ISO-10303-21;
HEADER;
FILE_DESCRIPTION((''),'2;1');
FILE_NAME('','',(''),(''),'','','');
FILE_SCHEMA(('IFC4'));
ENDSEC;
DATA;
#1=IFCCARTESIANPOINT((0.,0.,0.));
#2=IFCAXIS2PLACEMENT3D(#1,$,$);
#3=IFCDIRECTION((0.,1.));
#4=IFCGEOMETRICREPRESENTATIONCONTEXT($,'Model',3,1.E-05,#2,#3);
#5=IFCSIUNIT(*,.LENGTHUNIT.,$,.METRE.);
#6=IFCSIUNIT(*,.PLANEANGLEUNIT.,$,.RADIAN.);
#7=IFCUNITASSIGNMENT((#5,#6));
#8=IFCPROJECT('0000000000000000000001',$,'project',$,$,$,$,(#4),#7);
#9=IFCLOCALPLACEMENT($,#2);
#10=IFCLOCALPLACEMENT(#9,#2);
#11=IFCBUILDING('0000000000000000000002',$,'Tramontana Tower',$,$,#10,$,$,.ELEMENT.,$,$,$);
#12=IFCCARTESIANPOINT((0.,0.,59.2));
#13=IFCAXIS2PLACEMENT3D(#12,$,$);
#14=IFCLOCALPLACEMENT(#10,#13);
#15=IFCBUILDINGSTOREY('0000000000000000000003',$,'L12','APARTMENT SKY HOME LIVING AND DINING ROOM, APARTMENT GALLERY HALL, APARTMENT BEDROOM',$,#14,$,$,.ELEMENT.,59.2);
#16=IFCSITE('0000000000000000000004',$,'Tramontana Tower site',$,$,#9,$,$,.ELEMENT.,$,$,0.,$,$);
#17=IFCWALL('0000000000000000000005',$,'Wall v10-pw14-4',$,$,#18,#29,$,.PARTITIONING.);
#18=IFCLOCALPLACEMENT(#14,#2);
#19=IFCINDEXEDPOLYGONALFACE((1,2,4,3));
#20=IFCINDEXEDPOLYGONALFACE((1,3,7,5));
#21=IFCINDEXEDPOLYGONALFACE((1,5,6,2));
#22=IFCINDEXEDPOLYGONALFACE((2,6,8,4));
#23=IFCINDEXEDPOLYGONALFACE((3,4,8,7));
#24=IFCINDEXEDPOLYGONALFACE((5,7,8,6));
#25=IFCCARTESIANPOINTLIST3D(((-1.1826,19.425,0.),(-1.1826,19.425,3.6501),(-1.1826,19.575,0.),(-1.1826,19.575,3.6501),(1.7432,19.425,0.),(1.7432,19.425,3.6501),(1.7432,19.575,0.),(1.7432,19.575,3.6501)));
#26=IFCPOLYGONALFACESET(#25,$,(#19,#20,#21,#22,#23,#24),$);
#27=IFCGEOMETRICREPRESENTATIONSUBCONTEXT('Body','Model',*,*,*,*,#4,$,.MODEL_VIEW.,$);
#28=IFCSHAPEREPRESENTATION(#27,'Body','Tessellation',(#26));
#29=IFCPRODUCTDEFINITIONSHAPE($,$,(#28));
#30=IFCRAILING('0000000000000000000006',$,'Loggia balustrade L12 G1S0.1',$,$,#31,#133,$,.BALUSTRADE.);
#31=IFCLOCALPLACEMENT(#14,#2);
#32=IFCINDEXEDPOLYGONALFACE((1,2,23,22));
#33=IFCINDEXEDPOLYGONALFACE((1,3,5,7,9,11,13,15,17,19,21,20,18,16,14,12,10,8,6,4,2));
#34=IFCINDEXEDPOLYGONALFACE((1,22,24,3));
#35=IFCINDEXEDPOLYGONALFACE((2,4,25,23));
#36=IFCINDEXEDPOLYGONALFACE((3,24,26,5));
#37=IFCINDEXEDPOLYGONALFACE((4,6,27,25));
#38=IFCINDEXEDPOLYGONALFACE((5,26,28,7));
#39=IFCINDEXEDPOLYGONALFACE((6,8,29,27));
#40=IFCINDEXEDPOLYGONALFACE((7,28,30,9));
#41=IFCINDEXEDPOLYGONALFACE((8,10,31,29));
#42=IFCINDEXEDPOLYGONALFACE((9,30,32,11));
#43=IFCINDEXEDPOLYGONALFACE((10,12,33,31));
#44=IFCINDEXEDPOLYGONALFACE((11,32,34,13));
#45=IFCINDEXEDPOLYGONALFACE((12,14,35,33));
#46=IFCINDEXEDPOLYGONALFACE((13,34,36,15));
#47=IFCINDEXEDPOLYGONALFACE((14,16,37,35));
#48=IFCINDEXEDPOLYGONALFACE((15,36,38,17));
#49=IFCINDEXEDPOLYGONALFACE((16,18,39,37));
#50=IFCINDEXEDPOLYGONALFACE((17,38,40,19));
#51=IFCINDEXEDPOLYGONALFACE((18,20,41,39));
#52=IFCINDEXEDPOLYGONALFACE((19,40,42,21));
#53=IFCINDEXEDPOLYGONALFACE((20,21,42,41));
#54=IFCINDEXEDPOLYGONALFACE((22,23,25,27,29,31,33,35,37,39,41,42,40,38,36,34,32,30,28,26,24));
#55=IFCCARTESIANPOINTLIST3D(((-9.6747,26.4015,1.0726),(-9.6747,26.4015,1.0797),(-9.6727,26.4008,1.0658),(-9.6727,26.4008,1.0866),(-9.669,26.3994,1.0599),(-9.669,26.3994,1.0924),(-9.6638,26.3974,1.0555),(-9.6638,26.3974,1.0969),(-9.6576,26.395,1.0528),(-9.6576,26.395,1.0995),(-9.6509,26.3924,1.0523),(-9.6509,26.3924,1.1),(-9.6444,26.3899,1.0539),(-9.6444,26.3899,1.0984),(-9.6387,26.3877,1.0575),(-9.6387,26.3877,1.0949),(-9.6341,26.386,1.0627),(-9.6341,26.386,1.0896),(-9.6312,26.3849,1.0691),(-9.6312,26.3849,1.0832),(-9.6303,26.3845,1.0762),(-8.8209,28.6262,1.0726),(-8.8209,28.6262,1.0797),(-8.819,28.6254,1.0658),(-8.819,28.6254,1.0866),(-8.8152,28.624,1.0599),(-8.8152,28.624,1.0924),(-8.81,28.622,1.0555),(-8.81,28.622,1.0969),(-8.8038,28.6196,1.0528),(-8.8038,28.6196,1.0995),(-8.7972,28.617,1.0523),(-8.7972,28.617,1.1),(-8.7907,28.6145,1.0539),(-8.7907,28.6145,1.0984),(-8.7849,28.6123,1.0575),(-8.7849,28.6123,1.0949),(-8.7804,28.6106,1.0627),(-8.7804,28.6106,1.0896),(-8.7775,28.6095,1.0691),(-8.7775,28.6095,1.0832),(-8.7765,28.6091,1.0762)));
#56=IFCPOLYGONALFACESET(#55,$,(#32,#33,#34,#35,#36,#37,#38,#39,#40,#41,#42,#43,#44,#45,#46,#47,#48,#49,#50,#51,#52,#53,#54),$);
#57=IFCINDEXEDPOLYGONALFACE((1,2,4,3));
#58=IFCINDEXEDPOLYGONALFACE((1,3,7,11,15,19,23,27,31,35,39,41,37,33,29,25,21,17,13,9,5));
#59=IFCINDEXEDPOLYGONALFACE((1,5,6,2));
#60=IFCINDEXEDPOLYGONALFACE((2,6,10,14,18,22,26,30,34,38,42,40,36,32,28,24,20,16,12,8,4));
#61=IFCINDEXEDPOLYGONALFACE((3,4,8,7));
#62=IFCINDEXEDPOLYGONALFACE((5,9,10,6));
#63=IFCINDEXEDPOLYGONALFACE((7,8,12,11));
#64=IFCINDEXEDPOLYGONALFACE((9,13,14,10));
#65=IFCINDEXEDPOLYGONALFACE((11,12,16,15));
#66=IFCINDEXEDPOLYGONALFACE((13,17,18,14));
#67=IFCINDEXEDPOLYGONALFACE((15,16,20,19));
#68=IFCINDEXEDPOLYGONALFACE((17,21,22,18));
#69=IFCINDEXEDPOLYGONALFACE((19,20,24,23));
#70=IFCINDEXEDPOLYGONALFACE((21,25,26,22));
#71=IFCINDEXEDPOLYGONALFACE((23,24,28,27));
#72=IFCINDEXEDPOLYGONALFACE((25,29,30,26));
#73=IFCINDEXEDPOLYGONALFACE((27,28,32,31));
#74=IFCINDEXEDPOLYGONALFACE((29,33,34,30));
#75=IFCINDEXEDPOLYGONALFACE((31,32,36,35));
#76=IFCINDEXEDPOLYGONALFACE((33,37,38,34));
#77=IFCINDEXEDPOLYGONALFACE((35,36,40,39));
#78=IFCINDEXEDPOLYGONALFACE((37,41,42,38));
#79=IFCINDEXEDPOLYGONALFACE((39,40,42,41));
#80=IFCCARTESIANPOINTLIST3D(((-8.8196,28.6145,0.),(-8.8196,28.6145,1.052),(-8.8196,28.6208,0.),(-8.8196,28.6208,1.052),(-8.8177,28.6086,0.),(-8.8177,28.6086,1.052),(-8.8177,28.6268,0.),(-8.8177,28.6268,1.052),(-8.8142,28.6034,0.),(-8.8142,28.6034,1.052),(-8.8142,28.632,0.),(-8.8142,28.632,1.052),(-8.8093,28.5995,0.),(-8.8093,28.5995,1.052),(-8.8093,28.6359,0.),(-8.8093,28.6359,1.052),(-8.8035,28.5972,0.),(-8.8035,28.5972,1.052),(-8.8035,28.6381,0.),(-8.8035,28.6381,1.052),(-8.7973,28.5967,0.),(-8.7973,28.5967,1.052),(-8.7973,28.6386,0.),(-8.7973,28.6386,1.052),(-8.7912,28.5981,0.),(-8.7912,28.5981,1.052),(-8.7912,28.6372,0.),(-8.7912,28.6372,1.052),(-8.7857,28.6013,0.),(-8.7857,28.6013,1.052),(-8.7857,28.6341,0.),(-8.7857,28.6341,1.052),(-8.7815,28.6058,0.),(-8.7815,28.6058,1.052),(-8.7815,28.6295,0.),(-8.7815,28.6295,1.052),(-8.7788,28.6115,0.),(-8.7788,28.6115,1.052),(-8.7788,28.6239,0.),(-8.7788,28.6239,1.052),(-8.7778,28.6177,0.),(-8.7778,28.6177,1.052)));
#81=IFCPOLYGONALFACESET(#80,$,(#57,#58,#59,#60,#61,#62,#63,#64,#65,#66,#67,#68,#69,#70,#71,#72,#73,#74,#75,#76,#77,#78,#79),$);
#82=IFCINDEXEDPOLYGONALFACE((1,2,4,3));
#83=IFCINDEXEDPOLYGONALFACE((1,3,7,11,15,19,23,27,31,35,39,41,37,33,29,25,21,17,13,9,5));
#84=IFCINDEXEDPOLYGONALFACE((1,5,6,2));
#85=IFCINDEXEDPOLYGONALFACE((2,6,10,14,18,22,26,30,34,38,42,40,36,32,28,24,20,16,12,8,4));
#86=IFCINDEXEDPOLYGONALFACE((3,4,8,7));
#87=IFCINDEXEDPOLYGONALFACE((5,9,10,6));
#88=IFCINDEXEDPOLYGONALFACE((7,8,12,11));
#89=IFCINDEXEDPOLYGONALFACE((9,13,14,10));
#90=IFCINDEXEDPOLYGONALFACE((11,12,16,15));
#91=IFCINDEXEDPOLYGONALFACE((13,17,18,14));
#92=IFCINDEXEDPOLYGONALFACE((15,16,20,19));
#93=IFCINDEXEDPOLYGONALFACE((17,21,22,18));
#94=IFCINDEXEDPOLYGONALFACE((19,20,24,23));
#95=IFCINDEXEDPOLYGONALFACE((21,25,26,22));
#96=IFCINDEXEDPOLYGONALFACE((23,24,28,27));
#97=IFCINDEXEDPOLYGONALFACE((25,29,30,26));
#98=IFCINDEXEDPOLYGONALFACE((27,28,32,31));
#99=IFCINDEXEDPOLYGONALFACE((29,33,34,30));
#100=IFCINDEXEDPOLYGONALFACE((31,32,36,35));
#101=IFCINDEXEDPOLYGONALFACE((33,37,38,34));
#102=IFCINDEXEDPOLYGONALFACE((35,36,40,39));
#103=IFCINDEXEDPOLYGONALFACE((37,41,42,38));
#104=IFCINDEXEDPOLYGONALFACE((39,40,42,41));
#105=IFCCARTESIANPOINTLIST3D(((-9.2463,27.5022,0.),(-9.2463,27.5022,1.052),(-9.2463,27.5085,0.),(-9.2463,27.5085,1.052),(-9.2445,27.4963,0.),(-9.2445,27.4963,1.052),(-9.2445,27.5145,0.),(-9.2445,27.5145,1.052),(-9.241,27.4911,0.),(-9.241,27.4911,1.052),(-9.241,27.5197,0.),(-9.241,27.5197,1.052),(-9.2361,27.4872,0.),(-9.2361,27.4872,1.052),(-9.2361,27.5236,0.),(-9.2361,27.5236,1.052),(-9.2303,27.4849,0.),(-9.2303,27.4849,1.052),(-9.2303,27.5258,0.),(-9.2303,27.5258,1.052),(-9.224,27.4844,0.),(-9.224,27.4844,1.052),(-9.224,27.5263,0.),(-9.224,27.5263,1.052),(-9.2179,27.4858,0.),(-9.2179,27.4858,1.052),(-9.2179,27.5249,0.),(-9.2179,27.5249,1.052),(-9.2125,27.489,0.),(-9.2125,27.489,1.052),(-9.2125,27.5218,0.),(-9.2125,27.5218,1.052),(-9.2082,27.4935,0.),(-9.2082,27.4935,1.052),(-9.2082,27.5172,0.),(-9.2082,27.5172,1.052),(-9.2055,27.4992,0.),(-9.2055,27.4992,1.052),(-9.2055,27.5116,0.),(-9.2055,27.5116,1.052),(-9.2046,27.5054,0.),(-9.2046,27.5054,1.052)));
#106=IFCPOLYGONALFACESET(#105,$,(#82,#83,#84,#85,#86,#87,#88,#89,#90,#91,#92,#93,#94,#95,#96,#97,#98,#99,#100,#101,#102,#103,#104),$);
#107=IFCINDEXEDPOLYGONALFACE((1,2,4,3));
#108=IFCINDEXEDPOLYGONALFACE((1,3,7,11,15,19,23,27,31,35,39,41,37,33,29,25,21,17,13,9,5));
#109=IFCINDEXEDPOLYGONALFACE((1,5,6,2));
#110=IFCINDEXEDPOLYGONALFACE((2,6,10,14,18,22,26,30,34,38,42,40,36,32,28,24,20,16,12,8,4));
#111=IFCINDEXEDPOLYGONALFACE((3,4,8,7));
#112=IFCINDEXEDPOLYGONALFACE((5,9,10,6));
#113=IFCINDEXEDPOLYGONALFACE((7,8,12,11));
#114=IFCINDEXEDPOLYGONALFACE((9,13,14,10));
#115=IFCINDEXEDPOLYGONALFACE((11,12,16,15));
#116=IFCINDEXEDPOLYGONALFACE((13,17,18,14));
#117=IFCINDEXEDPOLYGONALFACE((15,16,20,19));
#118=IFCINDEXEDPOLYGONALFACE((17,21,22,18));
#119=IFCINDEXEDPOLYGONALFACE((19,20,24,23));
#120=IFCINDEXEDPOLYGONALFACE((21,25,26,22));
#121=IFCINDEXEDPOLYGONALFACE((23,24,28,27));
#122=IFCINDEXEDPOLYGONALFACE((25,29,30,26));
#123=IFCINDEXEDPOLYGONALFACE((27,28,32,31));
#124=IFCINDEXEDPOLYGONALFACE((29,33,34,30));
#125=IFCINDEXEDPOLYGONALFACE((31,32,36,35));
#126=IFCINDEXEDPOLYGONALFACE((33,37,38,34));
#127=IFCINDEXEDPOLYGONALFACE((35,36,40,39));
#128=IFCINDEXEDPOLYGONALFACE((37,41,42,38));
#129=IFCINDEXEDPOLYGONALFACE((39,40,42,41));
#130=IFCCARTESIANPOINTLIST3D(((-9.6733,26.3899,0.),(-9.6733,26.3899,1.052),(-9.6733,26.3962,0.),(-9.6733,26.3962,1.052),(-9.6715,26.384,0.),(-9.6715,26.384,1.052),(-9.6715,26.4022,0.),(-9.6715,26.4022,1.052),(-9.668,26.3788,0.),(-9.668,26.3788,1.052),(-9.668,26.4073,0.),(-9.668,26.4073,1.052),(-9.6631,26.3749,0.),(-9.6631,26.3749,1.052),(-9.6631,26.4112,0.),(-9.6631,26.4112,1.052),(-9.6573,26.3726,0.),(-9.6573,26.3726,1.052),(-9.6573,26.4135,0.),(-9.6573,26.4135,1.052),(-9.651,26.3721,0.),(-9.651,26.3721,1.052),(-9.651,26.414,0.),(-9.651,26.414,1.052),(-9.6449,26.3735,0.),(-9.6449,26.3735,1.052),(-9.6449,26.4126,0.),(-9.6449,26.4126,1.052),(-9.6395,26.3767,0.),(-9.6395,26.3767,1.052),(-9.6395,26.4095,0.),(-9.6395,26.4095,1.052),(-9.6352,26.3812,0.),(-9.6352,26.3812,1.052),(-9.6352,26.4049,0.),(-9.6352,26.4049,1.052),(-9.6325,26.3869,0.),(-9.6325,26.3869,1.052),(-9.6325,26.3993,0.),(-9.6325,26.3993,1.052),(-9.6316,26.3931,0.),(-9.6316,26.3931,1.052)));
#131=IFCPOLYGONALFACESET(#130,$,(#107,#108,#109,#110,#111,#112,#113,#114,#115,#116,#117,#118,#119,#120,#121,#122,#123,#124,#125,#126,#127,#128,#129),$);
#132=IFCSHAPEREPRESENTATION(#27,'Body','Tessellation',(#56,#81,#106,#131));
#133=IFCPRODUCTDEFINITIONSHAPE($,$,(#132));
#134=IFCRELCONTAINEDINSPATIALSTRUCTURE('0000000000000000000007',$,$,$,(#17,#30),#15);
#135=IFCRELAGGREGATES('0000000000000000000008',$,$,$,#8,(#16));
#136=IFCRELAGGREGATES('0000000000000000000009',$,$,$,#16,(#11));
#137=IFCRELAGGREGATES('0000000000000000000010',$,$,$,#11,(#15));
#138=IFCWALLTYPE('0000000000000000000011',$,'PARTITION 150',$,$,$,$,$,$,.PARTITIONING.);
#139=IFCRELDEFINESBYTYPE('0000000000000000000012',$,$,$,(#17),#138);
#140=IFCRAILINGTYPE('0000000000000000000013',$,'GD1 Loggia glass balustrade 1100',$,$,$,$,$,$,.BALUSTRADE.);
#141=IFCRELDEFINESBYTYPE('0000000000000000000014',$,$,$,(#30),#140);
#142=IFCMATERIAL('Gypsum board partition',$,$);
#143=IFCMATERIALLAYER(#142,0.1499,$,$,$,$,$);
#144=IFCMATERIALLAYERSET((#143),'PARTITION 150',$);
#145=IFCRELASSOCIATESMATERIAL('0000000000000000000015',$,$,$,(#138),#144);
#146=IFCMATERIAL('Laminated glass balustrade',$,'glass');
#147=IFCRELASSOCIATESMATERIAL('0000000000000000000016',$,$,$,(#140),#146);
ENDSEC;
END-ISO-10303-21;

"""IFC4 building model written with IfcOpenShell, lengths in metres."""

from ifc_helpers import new_model, si_unit, direction, frame, frame_2d, origin, origin_2d, place, context, subcontext, project, spatial, rectangle, circle, extrude, material, layer, layer_set, type_object, element, save


model = new_model("IFC4")

# Units and contexts
model_context = context("Model", 3, precision=1e-05, world=origin(), true_north=direction((0.0, 1.0)))
body_context = subcontext(model_context, "Body", "Model", "MODEL_VIEW")
ifc_project = project(units=[si_unit("LENGTHUNIT", "METRE"), si_unit("PLANEANGLEUNIT", "RADIAN")], contexts=[model_context])

# Site, building, storey
site_placement = place(None, origin())
site = spatial("IfcSite", under=ifc_project, at=site_placement, Name="Tramontana Tower site", CompositionType="ELEMENT", RefElevation=0.0)
building_placement = place(site_placement, origin())
building = spatial("IfcBuilding", under=site, at=building_placement, Name="Tramontana Tower", CompositionType="ELEMENT")
storey_placement = place(building_placement, frame((0.0, 0.0, 59.2)))
storey = spatial("IfcBuildingStorey", under=building, at=storey_placement, Name="L12", Description="APARTMENT SKY HOME LIVING AND DINING ROOM, APARTMENT GALLERY HALL, APARTMENT BEDROOM", CompositionType="ELEMENT", Elevation=59.2)

# Shared definitions
ifc_material_1 = material(Name="Gypsum board partition")
ifc_layer_1 = layer(ifc_material_1, 0.1499)
ifc_layer_set_1 = layer_set([ifc_layer_1], Name="PARTITION 150")
wall_type_1 = type_object("IfcWallType", Name="PARTITION 150", PredefinedType="PARTITIONING", material=ifc_layer_set_1)

# Wall
wall_1_placement = place(storey_placement, frame((-1.1826, 19.5, 0.0), z_axis=(0.0, 0.0, 1.0), x_axis=(1.0, 0.0, 0.0)))
element("IfcWall", 1, at=wall_1_placement, inside=storey, type_object=wall_type_1, Name="Wall v10-pw14-4", PredefinedType="PARTITIONING", context=body_context, shape_type="SweptSolid", body=[
    extrude(rectangle(XDim=2.9258, YDim=0.1499, at=frame_2d((1.4629, 0.0))), origin(), (0.0, 0.0, 1.0), 3.6501),
])

# Railing
ifc_material_2 = material(Name="Laminated glass balustrade", Category="glass")
railing_type = type_object("IfcRailingType", Name="GD1 Loggia glass balustrade 1100", PredefinedType="BALUSTRADE", material=ifc_material_2)
railing_1_placement = place(storey_placement, frame((-8.7988, 28.6177, 0.0)))
element("IfcRailing", 2, at=railing_1_placement, inside=storey, type_object=railing_type, Name="Loggia balustrade L12 G1S0.1", PredefinedType="BALUSTRADE", context=body_context, shape_type="SweptSolid", body=[
    extrude(circle(Radius=0.0239, at=origin_2d()), frame((0.0, 0.0, 1.0762), z_axis=(-0.358299, -0.933607, 0.0), x_axis=(0.933607, -0.358299, 0.0)), (0.0, 0.0, 1.0), 2.3828),
    extrude(circle(Radius=0.021, at=origin_2d()), origin(), (0.0, 0.0, 1.0), 1.052),
    extrude(circle(Radius=0.021, at=origin_2d()), frame((-0.4268, -1.1123, 0.0)), (0.0, 0.0, 1.0), 1.052),
    extrude(circle(Radius=0.021, at=origin_2d()), frame((-0.8538, -2.2246, 0.0)), (0.0, 0.0, 1.0), 1.052),
])

save(model, "model.ifc")
